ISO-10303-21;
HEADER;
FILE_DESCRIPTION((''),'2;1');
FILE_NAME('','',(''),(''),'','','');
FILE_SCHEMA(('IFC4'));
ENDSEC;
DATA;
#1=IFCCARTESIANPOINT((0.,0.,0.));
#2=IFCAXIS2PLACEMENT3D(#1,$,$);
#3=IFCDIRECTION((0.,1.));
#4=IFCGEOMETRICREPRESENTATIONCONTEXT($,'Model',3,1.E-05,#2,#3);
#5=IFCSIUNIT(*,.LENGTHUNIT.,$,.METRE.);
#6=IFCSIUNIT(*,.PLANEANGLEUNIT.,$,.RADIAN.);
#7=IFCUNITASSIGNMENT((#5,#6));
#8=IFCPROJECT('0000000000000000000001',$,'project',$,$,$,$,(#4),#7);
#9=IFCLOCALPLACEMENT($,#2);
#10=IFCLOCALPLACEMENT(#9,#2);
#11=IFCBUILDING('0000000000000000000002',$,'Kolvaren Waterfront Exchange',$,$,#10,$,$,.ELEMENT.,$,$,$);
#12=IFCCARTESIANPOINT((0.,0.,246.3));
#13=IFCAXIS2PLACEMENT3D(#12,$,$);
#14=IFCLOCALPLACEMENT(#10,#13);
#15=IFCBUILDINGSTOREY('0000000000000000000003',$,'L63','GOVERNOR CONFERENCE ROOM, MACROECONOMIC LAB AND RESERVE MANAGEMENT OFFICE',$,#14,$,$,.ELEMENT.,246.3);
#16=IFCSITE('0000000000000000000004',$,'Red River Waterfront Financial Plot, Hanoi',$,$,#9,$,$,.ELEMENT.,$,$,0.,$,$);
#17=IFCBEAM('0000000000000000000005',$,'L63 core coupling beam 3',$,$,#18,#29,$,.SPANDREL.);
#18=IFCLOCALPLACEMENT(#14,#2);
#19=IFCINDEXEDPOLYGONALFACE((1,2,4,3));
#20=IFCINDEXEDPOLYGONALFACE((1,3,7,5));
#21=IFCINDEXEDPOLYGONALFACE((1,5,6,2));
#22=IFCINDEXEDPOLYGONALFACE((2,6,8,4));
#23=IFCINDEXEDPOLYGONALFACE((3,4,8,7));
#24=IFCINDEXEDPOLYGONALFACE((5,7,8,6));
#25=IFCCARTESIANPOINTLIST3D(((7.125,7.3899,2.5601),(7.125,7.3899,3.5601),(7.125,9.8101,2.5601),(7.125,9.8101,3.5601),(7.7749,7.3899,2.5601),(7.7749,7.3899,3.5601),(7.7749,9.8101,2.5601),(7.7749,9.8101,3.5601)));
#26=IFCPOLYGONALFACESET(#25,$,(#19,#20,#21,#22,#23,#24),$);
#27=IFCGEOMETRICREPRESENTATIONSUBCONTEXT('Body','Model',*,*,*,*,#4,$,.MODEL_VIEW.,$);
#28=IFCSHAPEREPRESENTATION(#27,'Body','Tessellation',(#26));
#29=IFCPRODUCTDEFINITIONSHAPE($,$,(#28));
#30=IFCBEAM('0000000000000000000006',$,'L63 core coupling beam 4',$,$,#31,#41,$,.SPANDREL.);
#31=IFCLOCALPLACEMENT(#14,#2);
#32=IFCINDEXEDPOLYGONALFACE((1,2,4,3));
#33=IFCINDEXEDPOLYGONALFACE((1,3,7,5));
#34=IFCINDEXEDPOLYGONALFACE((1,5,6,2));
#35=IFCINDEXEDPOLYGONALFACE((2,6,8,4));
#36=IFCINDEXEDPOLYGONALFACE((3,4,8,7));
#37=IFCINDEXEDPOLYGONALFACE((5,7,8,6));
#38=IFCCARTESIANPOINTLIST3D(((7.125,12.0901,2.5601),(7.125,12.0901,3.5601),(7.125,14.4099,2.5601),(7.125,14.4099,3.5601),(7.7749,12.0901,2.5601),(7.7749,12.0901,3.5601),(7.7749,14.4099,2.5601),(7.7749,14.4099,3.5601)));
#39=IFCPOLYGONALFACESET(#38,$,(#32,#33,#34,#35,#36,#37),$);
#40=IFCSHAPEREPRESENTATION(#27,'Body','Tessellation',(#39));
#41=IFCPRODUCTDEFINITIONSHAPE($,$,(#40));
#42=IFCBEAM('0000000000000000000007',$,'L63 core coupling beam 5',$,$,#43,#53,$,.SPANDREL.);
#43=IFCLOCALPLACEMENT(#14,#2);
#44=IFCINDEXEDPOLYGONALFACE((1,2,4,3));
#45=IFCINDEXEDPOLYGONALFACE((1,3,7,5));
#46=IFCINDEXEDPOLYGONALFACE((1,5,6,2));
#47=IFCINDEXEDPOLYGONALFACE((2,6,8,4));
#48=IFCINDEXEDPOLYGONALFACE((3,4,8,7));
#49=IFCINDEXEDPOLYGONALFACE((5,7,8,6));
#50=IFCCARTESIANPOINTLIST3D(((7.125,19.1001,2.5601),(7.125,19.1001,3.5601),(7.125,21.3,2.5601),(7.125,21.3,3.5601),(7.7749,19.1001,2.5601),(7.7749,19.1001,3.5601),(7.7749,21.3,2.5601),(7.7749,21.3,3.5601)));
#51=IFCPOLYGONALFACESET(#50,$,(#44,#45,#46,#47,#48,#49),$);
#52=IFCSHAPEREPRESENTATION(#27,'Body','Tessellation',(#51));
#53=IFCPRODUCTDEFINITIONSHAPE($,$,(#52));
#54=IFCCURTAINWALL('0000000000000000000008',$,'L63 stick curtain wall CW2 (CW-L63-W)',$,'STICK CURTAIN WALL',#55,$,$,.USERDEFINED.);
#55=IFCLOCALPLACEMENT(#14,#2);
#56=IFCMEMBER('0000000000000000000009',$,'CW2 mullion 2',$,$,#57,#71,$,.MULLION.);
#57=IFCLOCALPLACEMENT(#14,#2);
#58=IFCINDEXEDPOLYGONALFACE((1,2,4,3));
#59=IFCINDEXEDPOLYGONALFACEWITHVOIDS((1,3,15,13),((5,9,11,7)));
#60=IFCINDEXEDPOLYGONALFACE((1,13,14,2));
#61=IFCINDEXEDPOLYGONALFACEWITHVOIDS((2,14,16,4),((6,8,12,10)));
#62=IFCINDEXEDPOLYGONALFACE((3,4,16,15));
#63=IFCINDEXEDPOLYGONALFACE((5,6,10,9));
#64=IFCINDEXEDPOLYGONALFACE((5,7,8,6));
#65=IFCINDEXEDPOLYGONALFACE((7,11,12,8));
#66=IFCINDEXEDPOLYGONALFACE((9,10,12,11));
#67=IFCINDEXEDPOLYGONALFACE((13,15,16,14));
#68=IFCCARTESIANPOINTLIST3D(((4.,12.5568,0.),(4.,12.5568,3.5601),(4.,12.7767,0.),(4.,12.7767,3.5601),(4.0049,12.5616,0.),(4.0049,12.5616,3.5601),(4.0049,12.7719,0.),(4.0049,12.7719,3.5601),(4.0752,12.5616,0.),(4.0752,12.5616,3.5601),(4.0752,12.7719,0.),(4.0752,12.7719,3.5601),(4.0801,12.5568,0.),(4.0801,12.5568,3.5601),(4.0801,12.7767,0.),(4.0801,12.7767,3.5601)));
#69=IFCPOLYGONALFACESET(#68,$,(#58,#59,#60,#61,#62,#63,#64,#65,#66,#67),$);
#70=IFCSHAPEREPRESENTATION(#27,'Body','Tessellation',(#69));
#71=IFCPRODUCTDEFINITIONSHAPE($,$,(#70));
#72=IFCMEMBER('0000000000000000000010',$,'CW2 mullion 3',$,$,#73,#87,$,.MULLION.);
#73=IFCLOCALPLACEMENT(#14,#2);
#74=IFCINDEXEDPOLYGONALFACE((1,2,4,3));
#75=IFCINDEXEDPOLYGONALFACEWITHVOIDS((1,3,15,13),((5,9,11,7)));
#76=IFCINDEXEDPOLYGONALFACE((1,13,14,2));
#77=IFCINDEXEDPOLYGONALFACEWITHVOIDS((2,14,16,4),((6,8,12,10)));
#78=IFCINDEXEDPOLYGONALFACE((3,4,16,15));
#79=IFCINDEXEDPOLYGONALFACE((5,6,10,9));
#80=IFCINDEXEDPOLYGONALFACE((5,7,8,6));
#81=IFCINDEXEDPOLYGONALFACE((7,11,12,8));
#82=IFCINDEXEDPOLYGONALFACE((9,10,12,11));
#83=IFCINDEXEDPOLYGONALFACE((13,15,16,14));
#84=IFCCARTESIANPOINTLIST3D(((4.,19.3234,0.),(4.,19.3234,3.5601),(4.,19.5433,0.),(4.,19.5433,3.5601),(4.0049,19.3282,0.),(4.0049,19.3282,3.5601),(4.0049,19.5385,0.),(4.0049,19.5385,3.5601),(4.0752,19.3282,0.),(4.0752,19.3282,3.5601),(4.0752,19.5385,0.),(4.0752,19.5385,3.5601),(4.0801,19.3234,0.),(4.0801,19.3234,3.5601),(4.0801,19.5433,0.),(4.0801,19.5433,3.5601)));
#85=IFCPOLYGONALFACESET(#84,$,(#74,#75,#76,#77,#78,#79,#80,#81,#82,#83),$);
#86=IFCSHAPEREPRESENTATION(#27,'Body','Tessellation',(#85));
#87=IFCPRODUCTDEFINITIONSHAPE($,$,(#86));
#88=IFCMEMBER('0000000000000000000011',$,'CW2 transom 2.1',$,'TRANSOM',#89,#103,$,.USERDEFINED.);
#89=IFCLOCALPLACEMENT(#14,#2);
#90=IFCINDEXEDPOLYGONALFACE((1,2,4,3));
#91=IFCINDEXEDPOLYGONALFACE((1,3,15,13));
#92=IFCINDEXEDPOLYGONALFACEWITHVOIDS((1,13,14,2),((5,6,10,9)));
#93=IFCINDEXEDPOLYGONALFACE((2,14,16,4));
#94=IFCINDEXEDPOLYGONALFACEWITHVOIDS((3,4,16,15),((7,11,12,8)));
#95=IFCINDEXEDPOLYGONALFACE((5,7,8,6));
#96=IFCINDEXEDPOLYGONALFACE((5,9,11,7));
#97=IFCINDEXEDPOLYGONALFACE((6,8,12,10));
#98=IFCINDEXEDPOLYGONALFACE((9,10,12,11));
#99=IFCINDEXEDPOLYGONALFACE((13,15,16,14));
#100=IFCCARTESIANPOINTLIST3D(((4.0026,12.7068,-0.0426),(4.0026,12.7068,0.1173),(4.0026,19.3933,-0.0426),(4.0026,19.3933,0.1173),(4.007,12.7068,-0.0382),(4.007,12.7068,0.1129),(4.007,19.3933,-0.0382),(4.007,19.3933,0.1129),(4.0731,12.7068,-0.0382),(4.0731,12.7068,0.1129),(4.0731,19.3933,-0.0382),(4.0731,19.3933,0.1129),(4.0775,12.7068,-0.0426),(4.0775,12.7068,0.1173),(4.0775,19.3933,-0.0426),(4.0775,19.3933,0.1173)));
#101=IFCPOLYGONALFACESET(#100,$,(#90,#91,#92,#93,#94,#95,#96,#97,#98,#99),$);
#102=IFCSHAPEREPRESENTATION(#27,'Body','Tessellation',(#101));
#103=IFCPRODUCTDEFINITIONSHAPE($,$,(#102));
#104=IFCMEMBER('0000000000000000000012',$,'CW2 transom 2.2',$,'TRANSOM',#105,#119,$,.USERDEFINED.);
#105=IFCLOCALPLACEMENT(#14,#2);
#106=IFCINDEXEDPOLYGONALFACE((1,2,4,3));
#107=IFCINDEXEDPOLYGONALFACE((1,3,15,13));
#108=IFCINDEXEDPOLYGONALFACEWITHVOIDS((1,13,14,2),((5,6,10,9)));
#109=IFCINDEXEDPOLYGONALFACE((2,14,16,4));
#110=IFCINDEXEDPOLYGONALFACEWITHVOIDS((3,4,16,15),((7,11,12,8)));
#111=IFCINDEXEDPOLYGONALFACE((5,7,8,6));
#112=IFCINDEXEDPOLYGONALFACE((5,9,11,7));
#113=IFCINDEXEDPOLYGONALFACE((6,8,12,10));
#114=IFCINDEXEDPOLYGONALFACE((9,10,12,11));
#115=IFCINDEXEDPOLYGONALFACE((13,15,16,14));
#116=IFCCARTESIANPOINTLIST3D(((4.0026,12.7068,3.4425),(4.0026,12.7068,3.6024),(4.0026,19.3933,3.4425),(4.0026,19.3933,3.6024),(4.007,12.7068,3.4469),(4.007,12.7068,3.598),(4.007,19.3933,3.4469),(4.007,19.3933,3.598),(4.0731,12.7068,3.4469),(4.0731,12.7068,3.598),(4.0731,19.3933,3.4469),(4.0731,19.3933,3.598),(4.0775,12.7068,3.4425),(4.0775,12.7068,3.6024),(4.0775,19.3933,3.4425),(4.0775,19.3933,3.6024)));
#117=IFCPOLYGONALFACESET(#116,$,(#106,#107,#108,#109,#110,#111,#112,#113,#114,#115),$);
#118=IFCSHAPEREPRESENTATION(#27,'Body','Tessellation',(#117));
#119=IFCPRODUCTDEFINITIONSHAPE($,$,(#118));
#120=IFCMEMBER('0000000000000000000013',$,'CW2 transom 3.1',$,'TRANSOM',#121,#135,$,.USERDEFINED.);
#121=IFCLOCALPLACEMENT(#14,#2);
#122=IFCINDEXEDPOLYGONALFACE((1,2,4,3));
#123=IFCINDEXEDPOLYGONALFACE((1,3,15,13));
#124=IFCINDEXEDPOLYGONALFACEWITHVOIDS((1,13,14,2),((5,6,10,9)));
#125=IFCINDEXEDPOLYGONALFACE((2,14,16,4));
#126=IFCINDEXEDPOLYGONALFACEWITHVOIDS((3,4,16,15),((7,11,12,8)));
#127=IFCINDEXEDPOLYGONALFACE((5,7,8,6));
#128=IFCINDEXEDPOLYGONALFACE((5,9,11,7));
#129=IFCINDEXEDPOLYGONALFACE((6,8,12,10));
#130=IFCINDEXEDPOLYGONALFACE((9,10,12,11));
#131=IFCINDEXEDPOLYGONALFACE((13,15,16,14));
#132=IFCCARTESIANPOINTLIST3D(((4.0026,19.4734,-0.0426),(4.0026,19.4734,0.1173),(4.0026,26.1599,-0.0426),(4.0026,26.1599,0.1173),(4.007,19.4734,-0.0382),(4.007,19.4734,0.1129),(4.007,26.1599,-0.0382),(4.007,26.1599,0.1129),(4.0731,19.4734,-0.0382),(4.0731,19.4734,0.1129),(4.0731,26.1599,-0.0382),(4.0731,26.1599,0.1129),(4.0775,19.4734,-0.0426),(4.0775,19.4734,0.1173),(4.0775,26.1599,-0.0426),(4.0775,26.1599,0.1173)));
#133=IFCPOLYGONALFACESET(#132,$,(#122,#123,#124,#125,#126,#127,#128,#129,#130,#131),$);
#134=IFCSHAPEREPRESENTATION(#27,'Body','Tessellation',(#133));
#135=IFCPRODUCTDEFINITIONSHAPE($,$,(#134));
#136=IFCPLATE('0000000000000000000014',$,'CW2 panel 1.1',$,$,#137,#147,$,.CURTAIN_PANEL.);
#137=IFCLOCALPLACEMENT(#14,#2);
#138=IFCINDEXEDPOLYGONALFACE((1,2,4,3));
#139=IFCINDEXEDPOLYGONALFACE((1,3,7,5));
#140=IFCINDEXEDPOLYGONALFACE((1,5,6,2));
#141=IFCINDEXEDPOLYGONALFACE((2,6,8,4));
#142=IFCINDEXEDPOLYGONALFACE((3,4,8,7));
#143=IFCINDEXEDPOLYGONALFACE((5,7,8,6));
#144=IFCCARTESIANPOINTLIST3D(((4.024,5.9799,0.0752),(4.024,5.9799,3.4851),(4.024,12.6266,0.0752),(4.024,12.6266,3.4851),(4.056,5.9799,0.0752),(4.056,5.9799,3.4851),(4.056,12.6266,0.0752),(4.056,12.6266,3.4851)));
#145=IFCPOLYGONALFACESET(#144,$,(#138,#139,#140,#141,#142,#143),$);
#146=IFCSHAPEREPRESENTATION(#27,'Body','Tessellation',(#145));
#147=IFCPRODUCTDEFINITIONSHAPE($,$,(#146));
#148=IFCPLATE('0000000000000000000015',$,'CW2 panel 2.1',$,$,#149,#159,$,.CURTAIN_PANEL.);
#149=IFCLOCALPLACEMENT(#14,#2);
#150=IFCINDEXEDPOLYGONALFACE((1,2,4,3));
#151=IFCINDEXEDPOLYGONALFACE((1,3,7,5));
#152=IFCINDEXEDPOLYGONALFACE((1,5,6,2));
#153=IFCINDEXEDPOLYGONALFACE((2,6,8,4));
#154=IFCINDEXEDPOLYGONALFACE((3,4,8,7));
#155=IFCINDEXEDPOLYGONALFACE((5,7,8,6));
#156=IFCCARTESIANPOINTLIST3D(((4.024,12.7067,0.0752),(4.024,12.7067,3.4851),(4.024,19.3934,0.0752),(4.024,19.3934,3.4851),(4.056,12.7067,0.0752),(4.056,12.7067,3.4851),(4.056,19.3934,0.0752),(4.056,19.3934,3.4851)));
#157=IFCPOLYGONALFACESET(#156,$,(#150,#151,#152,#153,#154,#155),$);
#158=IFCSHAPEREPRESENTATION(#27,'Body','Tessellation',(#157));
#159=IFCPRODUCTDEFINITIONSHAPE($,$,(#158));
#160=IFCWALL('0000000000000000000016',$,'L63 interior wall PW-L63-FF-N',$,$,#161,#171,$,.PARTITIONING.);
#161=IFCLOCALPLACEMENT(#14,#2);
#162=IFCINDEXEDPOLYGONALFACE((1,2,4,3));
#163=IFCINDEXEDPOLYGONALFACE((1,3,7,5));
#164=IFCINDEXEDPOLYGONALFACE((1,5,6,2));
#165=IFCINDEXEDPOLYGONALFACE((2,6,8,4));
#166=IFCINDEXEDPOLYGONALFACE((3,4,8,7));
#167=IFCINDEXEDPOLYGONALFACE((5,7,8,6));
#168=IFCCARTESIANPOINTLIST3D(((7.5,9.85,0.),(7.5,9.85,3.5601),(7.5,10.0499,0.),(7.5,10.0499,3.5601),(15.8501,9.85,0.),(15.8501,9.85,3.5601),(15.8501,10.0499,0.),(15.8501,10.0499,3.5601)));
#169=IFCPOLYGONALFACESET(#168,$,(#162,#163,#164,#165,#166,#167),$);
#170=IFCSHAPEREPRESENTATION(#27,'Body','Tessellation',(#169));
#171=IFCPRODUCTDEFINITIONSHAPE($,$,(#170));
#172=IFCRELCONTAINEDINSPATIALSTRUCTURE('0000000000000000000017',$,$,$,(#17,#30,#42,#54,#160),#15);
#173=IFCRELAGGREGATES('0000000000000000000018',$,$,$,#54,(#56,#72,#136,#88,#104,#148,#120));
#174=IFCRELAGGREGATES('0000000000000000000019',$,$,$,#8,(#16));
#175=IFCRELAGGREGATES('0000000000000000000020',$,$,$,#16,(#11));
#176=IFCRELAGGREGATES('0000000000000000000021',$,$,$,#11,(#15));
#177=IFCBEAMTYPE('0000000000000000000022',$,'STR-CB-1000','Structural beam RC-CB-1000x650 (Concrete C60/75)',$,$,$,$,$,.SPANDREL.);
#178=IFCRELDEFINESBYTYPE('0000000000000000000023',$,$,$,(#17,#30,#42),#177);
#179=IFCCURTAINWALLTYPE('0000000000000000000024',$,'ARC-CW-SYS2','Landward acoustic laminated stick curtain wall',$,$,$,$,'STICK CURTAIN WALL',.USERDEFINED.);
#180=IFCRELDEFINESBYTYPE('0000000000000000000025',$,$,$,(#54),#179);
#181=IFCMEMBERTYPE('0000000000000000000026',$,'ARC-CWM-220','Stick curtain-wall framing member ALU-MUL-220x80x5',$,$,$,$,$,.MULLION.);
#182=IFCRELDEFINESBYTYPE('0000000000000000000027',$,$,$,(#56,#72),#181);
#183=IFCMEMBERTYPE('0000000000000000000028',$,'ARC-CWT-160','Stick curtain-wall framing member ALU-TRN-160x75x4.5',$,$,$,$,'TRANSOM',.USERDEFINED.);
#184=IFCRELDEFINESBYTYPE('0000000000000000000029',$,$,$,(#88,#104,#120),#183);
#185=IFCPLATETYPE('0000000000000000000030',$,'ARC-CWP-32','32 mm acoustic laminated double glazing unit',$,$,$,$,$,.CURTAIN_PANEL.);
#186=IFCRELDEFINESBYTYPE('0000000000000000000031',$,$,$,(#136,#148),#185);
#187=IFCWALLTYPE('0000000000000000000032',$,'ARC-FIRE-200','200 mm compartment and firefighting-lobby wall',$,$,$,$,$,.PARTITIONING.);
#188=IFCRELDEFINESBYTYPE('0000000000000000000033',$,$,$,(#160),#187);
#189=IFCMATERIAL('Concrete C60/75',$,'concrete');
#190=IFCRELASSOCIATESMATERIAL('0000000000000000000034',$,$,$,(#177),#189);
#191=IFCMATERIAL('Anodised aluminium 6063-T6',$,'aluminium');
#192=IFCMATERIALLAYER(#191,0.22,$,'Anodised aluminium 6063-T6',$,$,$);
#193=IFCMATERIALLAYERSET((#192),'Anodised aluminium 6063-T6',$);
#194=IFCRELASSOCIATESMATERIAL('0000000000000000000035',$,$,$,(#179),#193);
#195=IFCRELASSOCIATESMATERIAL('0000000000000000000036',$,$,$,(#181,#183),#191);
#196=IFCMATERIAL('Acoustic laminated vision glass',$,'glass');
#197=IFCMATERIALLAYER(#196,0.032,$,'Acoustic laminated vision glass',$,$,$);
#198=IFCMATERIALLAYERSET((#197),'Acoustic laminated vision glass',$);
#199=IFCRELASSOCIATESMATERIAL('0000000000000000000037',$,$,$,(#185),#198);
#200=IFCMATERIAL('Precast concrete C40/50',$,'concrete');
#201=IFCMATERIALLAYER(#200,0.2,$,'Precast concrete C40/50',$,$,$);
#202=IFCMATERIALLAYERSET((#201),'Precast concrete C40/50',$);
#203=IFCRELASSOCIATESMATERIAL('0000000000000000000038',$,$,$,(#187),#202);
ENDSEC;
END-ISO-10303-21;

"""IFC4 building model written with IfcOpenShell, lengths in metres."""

from ifc_helpers import new_model, si_unit, direction, frame, frame_2d, origin, origin_with_axes, origin_2d, place, context, subcontext, project, spatial, rectangle, hollow_rectangle, extrude, source, transform, mapped, material, layer, layer_set, material_profile, profile_set, type_object, element, aggregate, save


model = new_model("IFC4")

# Units and contexts
model_context = context("Model", 3, precision=1e-05, world=origin(), true_north=direction((0.0, 1.0)))
body_context = subcontext(model_context, "Body", "Model", "MODEL_VIEW")
ifc_project = project(units=[si_unit("LENGTHUNIT", "METRE"), si_unit("PLANEANGLEUNIT", "RADIAN")], contexts=[model_context])

# Site, building, storey
site_placement = place(None, origin())
site = spatial("IfcSite", under=ifc_project, at=site_placement, Name="Red River Waterfront Financial Plot, Hanoi", CompositionType="ELEMENT", RefElevation=0.0)
building_placement = place(site_placement, origin())
building = spatial("IfcBuilding", under=site, at=building_placement, Name="Kolvaren Waterfront Exchange", CompositionType="ELEMENT")
storey_placement = place(building_placement, frame((0.0, 0.0, 246.3)))
storey = spatial("IfcBuildingStorey", under=building, at=storey_placement, Name="L63", Description="GOVERNOR CONFERENCE ROOM, MACROECONOMIC LAB AND RESERVE MANAGEMENT OFFICE", CompositionType="ELEMENT", Elevation=246.3)

# Beams
ifc_material_1 = material(Name="Concrete C60/75", Category="concrete")
ifc_material_profile_1 = material_profile(ifc_material_1, rectangle(XDim=0.6499, YDim=1.0, at=origin_2d()), Name="RC-CB-1000x650")
ifc_profile_set_1 = profile_set([ifc_material_profile_1], Name="Concrete C60/75")
beam_type = type_object("IfcBeamType", Name="STR-CB-1000", Description="Structural beam RC-CB-1000x650 (Concrete C60/75)", PredefinedType="SPANDREL", material=ifc_profile_set_1)
beam_1_placement = place(storey_placement, frame((7.45, 7.3899, 3.0601), z_axis=(0.0, 1.0, 0.0), x_axis=(-1.0, 0.0, 0.0)))
element("IfcBeam", 1, at=beam_1_placement, inside=storey, type_object=beam_type, Name="L63 core coupling beam 3", PredefinedType="SPANDREL", context=body_context, shape_type="SweptSolid", body=[
    extrude(rectangle(XDim=0.6499, YDim=1.0, at=origin_2d()), origin(), (0.0, 0.0, 1.0), 2.4202),
])
beam_2_placement = place(storey_placement, frame((7.45, 12.0901, 3.0601), z_axis=(0.0, 1.0, 0.0), x_axis=(-1.0, 0.0, 0.0)))
element("IfcBeam", 2, at=beam_2_placement, inside=storey, type_object=beam_type, Name="L63 core coupling beam 4", PredefinedType="SPANDREL", context=body_context, shape_type="SweptSolid", body=[
    extrude(rectangle(XDim=0.6499, YDim=1.0, at=origin_2d()), origin(), (0.0, 0.0, 1.0), 2.3198),
])
beam_3_placement = place(storey_placement, frame((7.45, 19.1001, 3.0601), z_axis=(0.0, 1.0, 0.0), x_axis=(-1.0, 0.0, 0.0)))
element("IfcBeam", 3, at=beam_3_placement, inside=storey, type_object=beam_type, Name="L63 core coupling beam 5", PredefinedType="SPANDREL", context=body_context, shape_type="SweptSolid", body=[
    extrude(rectangle(XDim=0.6499, YDim=1.0, at=origin_2d()), origin(), (0.0, 0.0, 1.0), 2.2),
])

# Curtain wall, members, plates
ifc_material_2 = material(Name="Anodised aluminium 6063-T6", Category="aluminium")
ifc_layer_1 = layer(ifc_material_2, 0.22, Name="Anodised aluminium 6063-T6")
ifc_layer_set_1 = layer_set([ifc_layer_1], Name="Anodised aluminium 6063-T6")
curtain_wall_type = type_object("IfcCurtainWallType", Name="ARC-CW-SYS2", Description="Landward acoustic laminated stick curtain wall", ElementType="STICK CURTAIN WALL", PredefinedType="USERDEFINED", material=ifc_layer_set_1)
curtain_wall_placement = place(storey_placement, origin())
curtain_wall = element("IfcCurtainWall", 4, at=curtain_wall_placement, inside=storey, type_object=curtain_wall_type, Name="L63 stick curtain wall CW2 (CW-L63-W)", ObjectType="STICK CURTAIN WALL", PredefinedType="USERDEFINED")
ifc_material_profile_2 = material_profile(ifc_material_2, hollow_rectangle(XDim=0.0801, YDim=0.22, WallThickness=0.0049, at=origin_2d()), Name="ALU-MUL-220x80x5")
ifc_profile_set_2 = profile_set([ifc_material_profile_2], Name="Anodised aluminium 6063-T6")
member_type_1 = type_object("IfcMemberType", Name="ARC-CWM-220", Description="Stick curtain-wall framing member ALU-MUL-220x80x5", PredefinedType="MULLION", material=ifc_profile_set_2)
shared_shape_1 = source(origin_with_axes(), body_context, "Body", "SweptSolid", [
    extrude(hollow_rectangle(XDim=0.0801, YDim=0.22, WallThickness=0.0049, at=origin_2d()), origin(), (0.0, 0.0, 1.0), 3.5601),
])
member_1_placement = place(storey_placement, frame((4.04, 12.6667, 0.0), z_axis=(0.0, 0.0, 1.0), x_axis=(-1.0, 0.0, 0.0)))
member_1 = element("IfcMember", 5, at=member_1_placement, type_object=member_type_1, Name="CW2 mullion 2", PredefinedType="MULLION", context=body_context, shape_type="MappedRepresentation", body=[
    mapped(shared_shape_1, transform((0.0, 0.0, 0.0), x_axis=(1.0, 0.0, 0.0), y_axis=(0.0, 1.0, 0.0), z_axis=(0.0, 0.0, 1.0), scale=1.0)),
])
member_2_placement = place(storey_placement, frame((4.04, 19.4333, 0.0), z_axis=(0.0, 0.0, 1.0), x_axis=(-1.0, 0.0, 0.0)))
member_2 = element("IfcMember", 6, at=member_2_placement, type_object=member_type_1, Name="CW2 mullion 3", PredefinedType="MULLION", context=body_context, shape_type="MappedRepresentation", body=[
    mapped(shared_shape_1, transform((0.0, 0.0, 0.0), x_axis=(1.0, 0.0, 0.0), y_axis=(0.0, 1.0, 0.0), z_axis=(0.0, 0.0, 1.0), scale=1.0)),
])
ifc_material_profile_3 = material_profile(ifc_material_2, hollow_rectangle(XDim=0.075, YDim=0.1599, WallThickness=0.0044, at=origin_2d()), Name="ALU-TRN-160x75x4.5")
ifc_profile_set_3 = profile_set([ifc_material_profile_3], Name="Anodised aluminium 6063-T6")
member_type_2 = type_object("IfcMemberType", Name="ARC-CWT-160", Description="Stick curtain-wall framing member ALU-TRN-160x75x4.5", ElementType="TRANSOM", PredefinedType="USERDEFINED", material=ifc_profile_set_3)
shared_shape_2 = source(origin_with_axes(), body_context, "Body", "SweptSolid", [
    extrude(hollow_rectangle(XDim=0.075, YDim=0.1599, WallThickness=0.0044, at=origin_2d()), origin(), (0.0, 0.0, 1.0), 6.6865),
])
member_3_placement = place(storey_placement, frame((4.04, 12.7068, 0.0374), z_axis=(0.0, 1.0, 0.0), x_axis=(-1.0, 0.0, 0.0)))
member_3 = element("IfcMember", 7, at=member_3_placement, type_object=member_type_2, Name="CW2 transom 2.1", ObjectType="TRANSOM", PredefinedType="USERDEFINED", context=body_context, shape_type="MappedRepresentation", body=[
    mapped(shared_shape_2, transform((0.0, 0.0, 0.0), x_axis=(1.0, 0.0, 0.0), y_axis=(0.0, 1.0, 0.0), z_axis=(0.0, 0.0, 1.0), scale=1.0)),
])
member_4_placement = place(storey_placement, frame((4.04, 12.7068, 3.5225), z_axis=(0.0, 1.0, 0.0), x_axis=(-1.0, 0.0, 0.0)))
member_4 = element("IfcMember", 8, at=member_4_placement, type_object=member_type_2, Name="CW2 transom 2.2", ObjectType="TRANSOM", PredefinedType="USERDEFINED", context=body_context, shape_type="MappedRepresentation", body=[
    mapped(shared_shape_2, transform((0.0, 0.0, 0.0), x_axis=(1.0, 0.0, 0.0), y_axis=(0.0, 1.0, 0.0), z_axis=(0.0, 0.0, 1.0), scale=1.0)),
])
member_5_placement = place(storey_placement, frame((4.04, 19.4734, 0.0374), z_axis=(0.0, 1.0, 0.0), x_axis=(-1.0, 0.0, 0.0)))
member_5 = element("IfcMember", 9, at=member_5_placement, type_object=member_type_2, Name="CW2 transom 3.1", ObjectType="TRANSOM", PredefinedType="USERDEFINED", context=body_context, shape_type="MappedRepresentation", body=[
    mapped(shared_shape_2, transform((0.0, 0.0, 0.0), x_axis=(1.0, 0.0, 0.0), y_axis=(0.0, 1.0, 0.0), z_axis=(0.0, 0.0, 1.0), scale=1.0)),
])
ifc_material_3 = material(Name="Acoustic laminated vision glass", Category="glass")
ifc_layer_2 = layer(ifc_material_3, 0.032, Name="Acoustic laminated vision glass")
ifc_layer_set_2 = layer_set([ifc_layer_2], Name="Acoustic laminated vision glass")
plate_type = type_object("IfcPlateType", Name="ARC-CWP-32", Description="32 mm acoustic laminated double glazing unit", PredefinedType="CURTAIN_PANEL", material=ifc_layer_set_2)
shared_shape_3 = source(origin_with_axes(), body_context, "Body", "SweptSolid", [
    extrude(rectangle(XDim=6.6467, YDim=0.032, at=origin_2d()), origin(), (0.0, 0.0, 1.0), 3.4099),
])
plate_1_placement = place(storey_placement, frame((4.04, 9.3032, 0.0752), z_axis=(0.0, 0.0, 1.0), x_axis=(0.0, 1.0, 0.0)))
plate_1 = element("IfcPlate", 10, at=plate_1_placement, type_object=plate_type, Name="CW2 panel 1.1", PredefinedType="CURTAIN_PANEL", context=body_context, shape_type="MappedRepresentation", body=[
    mapped(shared_shape_3, transform((0.0, 0.0, 0.0), x_axis=(1.0, 0.0, 0.0), y_axis=(0.0, 1.0, 0.0), z_axis=(0.0, 0.0, 1.0), scale=1.0)),
])
shared_shape_4 = source(origin_with_axes(), body_context, "Body", "SweptSolid", [
    extrude(rectangle(XDim=6.6868, YDim=0.032, at=origin_2d()), origin(), (0.0, 0.0, 1.0), 3.4099),
])
plate_2_placement = place(storey_placement, frame((4.04, 16.05, 0.0752), z_axis=(0.0, 0.0, 1.0), x_axis=(0.0, 1.0, 0.0)))
plate_2 = element("IfcPlate", 11, at=plate_2_placement, type_object=plate_type, Name="CW2 panel 2.1", PredefinedType="CURTAIN_PANEL", context=body_context, shape_type="MappedRepresentation", body=[
    mapped(shared_shape_4, transform((0.0, 0.0, 0.0), x_axis=(1.0, 0.0, 0.0), y_axis=(0.0, 1.0, 0.0), z_axis=(0.0, 0.0, 1.0), scale=1.0)),
])
aggregate(curtain_wall, [member_1, member_2, plate_1, member_3, member_4, plate_2, member_5])

# Wall
ifc_material_4 = material(Name="Precast concrete C40/50", Category="concrete")
ifc_layer_3 = layer(ifc_material_4, 0.2, Name="Precast concrete C40/50")
ifc_layer_set_3 = layer_set([ifc_layer_3], Name="Precast concrete C40/50")
wall_type_1 = type_object("IfcWallType", Name="ARC-FIRE-200", Description="200 mm compartment and firefighting-lobby wall", PredefinedType="PARTITIONING", material=ifc_layer_set_3)
wall_1_placement = place(storey_placement, frame((7.5, 9.95, 0.0), z_axis=(0.0, 0.0, 1.0), x_axis=(1.0, 0.0, 0.0)))
element("IfcWall", 12, at=wall_1_placement, inside=storey, type_object=wall_type_1, Name="L63 interior wall PW-L63-FF-N", PredefinedType="PARTITIONING", context=body_context, shape_type="SweptSolid", body=[
    extrude(rectangle(XDim=8.3501, YDim=0.2, at=frame_2d((4.175, 0.0))), origin(), (0.0, 0.0, 1.0), 3.5601),
])

save(model, "model.ifc")
